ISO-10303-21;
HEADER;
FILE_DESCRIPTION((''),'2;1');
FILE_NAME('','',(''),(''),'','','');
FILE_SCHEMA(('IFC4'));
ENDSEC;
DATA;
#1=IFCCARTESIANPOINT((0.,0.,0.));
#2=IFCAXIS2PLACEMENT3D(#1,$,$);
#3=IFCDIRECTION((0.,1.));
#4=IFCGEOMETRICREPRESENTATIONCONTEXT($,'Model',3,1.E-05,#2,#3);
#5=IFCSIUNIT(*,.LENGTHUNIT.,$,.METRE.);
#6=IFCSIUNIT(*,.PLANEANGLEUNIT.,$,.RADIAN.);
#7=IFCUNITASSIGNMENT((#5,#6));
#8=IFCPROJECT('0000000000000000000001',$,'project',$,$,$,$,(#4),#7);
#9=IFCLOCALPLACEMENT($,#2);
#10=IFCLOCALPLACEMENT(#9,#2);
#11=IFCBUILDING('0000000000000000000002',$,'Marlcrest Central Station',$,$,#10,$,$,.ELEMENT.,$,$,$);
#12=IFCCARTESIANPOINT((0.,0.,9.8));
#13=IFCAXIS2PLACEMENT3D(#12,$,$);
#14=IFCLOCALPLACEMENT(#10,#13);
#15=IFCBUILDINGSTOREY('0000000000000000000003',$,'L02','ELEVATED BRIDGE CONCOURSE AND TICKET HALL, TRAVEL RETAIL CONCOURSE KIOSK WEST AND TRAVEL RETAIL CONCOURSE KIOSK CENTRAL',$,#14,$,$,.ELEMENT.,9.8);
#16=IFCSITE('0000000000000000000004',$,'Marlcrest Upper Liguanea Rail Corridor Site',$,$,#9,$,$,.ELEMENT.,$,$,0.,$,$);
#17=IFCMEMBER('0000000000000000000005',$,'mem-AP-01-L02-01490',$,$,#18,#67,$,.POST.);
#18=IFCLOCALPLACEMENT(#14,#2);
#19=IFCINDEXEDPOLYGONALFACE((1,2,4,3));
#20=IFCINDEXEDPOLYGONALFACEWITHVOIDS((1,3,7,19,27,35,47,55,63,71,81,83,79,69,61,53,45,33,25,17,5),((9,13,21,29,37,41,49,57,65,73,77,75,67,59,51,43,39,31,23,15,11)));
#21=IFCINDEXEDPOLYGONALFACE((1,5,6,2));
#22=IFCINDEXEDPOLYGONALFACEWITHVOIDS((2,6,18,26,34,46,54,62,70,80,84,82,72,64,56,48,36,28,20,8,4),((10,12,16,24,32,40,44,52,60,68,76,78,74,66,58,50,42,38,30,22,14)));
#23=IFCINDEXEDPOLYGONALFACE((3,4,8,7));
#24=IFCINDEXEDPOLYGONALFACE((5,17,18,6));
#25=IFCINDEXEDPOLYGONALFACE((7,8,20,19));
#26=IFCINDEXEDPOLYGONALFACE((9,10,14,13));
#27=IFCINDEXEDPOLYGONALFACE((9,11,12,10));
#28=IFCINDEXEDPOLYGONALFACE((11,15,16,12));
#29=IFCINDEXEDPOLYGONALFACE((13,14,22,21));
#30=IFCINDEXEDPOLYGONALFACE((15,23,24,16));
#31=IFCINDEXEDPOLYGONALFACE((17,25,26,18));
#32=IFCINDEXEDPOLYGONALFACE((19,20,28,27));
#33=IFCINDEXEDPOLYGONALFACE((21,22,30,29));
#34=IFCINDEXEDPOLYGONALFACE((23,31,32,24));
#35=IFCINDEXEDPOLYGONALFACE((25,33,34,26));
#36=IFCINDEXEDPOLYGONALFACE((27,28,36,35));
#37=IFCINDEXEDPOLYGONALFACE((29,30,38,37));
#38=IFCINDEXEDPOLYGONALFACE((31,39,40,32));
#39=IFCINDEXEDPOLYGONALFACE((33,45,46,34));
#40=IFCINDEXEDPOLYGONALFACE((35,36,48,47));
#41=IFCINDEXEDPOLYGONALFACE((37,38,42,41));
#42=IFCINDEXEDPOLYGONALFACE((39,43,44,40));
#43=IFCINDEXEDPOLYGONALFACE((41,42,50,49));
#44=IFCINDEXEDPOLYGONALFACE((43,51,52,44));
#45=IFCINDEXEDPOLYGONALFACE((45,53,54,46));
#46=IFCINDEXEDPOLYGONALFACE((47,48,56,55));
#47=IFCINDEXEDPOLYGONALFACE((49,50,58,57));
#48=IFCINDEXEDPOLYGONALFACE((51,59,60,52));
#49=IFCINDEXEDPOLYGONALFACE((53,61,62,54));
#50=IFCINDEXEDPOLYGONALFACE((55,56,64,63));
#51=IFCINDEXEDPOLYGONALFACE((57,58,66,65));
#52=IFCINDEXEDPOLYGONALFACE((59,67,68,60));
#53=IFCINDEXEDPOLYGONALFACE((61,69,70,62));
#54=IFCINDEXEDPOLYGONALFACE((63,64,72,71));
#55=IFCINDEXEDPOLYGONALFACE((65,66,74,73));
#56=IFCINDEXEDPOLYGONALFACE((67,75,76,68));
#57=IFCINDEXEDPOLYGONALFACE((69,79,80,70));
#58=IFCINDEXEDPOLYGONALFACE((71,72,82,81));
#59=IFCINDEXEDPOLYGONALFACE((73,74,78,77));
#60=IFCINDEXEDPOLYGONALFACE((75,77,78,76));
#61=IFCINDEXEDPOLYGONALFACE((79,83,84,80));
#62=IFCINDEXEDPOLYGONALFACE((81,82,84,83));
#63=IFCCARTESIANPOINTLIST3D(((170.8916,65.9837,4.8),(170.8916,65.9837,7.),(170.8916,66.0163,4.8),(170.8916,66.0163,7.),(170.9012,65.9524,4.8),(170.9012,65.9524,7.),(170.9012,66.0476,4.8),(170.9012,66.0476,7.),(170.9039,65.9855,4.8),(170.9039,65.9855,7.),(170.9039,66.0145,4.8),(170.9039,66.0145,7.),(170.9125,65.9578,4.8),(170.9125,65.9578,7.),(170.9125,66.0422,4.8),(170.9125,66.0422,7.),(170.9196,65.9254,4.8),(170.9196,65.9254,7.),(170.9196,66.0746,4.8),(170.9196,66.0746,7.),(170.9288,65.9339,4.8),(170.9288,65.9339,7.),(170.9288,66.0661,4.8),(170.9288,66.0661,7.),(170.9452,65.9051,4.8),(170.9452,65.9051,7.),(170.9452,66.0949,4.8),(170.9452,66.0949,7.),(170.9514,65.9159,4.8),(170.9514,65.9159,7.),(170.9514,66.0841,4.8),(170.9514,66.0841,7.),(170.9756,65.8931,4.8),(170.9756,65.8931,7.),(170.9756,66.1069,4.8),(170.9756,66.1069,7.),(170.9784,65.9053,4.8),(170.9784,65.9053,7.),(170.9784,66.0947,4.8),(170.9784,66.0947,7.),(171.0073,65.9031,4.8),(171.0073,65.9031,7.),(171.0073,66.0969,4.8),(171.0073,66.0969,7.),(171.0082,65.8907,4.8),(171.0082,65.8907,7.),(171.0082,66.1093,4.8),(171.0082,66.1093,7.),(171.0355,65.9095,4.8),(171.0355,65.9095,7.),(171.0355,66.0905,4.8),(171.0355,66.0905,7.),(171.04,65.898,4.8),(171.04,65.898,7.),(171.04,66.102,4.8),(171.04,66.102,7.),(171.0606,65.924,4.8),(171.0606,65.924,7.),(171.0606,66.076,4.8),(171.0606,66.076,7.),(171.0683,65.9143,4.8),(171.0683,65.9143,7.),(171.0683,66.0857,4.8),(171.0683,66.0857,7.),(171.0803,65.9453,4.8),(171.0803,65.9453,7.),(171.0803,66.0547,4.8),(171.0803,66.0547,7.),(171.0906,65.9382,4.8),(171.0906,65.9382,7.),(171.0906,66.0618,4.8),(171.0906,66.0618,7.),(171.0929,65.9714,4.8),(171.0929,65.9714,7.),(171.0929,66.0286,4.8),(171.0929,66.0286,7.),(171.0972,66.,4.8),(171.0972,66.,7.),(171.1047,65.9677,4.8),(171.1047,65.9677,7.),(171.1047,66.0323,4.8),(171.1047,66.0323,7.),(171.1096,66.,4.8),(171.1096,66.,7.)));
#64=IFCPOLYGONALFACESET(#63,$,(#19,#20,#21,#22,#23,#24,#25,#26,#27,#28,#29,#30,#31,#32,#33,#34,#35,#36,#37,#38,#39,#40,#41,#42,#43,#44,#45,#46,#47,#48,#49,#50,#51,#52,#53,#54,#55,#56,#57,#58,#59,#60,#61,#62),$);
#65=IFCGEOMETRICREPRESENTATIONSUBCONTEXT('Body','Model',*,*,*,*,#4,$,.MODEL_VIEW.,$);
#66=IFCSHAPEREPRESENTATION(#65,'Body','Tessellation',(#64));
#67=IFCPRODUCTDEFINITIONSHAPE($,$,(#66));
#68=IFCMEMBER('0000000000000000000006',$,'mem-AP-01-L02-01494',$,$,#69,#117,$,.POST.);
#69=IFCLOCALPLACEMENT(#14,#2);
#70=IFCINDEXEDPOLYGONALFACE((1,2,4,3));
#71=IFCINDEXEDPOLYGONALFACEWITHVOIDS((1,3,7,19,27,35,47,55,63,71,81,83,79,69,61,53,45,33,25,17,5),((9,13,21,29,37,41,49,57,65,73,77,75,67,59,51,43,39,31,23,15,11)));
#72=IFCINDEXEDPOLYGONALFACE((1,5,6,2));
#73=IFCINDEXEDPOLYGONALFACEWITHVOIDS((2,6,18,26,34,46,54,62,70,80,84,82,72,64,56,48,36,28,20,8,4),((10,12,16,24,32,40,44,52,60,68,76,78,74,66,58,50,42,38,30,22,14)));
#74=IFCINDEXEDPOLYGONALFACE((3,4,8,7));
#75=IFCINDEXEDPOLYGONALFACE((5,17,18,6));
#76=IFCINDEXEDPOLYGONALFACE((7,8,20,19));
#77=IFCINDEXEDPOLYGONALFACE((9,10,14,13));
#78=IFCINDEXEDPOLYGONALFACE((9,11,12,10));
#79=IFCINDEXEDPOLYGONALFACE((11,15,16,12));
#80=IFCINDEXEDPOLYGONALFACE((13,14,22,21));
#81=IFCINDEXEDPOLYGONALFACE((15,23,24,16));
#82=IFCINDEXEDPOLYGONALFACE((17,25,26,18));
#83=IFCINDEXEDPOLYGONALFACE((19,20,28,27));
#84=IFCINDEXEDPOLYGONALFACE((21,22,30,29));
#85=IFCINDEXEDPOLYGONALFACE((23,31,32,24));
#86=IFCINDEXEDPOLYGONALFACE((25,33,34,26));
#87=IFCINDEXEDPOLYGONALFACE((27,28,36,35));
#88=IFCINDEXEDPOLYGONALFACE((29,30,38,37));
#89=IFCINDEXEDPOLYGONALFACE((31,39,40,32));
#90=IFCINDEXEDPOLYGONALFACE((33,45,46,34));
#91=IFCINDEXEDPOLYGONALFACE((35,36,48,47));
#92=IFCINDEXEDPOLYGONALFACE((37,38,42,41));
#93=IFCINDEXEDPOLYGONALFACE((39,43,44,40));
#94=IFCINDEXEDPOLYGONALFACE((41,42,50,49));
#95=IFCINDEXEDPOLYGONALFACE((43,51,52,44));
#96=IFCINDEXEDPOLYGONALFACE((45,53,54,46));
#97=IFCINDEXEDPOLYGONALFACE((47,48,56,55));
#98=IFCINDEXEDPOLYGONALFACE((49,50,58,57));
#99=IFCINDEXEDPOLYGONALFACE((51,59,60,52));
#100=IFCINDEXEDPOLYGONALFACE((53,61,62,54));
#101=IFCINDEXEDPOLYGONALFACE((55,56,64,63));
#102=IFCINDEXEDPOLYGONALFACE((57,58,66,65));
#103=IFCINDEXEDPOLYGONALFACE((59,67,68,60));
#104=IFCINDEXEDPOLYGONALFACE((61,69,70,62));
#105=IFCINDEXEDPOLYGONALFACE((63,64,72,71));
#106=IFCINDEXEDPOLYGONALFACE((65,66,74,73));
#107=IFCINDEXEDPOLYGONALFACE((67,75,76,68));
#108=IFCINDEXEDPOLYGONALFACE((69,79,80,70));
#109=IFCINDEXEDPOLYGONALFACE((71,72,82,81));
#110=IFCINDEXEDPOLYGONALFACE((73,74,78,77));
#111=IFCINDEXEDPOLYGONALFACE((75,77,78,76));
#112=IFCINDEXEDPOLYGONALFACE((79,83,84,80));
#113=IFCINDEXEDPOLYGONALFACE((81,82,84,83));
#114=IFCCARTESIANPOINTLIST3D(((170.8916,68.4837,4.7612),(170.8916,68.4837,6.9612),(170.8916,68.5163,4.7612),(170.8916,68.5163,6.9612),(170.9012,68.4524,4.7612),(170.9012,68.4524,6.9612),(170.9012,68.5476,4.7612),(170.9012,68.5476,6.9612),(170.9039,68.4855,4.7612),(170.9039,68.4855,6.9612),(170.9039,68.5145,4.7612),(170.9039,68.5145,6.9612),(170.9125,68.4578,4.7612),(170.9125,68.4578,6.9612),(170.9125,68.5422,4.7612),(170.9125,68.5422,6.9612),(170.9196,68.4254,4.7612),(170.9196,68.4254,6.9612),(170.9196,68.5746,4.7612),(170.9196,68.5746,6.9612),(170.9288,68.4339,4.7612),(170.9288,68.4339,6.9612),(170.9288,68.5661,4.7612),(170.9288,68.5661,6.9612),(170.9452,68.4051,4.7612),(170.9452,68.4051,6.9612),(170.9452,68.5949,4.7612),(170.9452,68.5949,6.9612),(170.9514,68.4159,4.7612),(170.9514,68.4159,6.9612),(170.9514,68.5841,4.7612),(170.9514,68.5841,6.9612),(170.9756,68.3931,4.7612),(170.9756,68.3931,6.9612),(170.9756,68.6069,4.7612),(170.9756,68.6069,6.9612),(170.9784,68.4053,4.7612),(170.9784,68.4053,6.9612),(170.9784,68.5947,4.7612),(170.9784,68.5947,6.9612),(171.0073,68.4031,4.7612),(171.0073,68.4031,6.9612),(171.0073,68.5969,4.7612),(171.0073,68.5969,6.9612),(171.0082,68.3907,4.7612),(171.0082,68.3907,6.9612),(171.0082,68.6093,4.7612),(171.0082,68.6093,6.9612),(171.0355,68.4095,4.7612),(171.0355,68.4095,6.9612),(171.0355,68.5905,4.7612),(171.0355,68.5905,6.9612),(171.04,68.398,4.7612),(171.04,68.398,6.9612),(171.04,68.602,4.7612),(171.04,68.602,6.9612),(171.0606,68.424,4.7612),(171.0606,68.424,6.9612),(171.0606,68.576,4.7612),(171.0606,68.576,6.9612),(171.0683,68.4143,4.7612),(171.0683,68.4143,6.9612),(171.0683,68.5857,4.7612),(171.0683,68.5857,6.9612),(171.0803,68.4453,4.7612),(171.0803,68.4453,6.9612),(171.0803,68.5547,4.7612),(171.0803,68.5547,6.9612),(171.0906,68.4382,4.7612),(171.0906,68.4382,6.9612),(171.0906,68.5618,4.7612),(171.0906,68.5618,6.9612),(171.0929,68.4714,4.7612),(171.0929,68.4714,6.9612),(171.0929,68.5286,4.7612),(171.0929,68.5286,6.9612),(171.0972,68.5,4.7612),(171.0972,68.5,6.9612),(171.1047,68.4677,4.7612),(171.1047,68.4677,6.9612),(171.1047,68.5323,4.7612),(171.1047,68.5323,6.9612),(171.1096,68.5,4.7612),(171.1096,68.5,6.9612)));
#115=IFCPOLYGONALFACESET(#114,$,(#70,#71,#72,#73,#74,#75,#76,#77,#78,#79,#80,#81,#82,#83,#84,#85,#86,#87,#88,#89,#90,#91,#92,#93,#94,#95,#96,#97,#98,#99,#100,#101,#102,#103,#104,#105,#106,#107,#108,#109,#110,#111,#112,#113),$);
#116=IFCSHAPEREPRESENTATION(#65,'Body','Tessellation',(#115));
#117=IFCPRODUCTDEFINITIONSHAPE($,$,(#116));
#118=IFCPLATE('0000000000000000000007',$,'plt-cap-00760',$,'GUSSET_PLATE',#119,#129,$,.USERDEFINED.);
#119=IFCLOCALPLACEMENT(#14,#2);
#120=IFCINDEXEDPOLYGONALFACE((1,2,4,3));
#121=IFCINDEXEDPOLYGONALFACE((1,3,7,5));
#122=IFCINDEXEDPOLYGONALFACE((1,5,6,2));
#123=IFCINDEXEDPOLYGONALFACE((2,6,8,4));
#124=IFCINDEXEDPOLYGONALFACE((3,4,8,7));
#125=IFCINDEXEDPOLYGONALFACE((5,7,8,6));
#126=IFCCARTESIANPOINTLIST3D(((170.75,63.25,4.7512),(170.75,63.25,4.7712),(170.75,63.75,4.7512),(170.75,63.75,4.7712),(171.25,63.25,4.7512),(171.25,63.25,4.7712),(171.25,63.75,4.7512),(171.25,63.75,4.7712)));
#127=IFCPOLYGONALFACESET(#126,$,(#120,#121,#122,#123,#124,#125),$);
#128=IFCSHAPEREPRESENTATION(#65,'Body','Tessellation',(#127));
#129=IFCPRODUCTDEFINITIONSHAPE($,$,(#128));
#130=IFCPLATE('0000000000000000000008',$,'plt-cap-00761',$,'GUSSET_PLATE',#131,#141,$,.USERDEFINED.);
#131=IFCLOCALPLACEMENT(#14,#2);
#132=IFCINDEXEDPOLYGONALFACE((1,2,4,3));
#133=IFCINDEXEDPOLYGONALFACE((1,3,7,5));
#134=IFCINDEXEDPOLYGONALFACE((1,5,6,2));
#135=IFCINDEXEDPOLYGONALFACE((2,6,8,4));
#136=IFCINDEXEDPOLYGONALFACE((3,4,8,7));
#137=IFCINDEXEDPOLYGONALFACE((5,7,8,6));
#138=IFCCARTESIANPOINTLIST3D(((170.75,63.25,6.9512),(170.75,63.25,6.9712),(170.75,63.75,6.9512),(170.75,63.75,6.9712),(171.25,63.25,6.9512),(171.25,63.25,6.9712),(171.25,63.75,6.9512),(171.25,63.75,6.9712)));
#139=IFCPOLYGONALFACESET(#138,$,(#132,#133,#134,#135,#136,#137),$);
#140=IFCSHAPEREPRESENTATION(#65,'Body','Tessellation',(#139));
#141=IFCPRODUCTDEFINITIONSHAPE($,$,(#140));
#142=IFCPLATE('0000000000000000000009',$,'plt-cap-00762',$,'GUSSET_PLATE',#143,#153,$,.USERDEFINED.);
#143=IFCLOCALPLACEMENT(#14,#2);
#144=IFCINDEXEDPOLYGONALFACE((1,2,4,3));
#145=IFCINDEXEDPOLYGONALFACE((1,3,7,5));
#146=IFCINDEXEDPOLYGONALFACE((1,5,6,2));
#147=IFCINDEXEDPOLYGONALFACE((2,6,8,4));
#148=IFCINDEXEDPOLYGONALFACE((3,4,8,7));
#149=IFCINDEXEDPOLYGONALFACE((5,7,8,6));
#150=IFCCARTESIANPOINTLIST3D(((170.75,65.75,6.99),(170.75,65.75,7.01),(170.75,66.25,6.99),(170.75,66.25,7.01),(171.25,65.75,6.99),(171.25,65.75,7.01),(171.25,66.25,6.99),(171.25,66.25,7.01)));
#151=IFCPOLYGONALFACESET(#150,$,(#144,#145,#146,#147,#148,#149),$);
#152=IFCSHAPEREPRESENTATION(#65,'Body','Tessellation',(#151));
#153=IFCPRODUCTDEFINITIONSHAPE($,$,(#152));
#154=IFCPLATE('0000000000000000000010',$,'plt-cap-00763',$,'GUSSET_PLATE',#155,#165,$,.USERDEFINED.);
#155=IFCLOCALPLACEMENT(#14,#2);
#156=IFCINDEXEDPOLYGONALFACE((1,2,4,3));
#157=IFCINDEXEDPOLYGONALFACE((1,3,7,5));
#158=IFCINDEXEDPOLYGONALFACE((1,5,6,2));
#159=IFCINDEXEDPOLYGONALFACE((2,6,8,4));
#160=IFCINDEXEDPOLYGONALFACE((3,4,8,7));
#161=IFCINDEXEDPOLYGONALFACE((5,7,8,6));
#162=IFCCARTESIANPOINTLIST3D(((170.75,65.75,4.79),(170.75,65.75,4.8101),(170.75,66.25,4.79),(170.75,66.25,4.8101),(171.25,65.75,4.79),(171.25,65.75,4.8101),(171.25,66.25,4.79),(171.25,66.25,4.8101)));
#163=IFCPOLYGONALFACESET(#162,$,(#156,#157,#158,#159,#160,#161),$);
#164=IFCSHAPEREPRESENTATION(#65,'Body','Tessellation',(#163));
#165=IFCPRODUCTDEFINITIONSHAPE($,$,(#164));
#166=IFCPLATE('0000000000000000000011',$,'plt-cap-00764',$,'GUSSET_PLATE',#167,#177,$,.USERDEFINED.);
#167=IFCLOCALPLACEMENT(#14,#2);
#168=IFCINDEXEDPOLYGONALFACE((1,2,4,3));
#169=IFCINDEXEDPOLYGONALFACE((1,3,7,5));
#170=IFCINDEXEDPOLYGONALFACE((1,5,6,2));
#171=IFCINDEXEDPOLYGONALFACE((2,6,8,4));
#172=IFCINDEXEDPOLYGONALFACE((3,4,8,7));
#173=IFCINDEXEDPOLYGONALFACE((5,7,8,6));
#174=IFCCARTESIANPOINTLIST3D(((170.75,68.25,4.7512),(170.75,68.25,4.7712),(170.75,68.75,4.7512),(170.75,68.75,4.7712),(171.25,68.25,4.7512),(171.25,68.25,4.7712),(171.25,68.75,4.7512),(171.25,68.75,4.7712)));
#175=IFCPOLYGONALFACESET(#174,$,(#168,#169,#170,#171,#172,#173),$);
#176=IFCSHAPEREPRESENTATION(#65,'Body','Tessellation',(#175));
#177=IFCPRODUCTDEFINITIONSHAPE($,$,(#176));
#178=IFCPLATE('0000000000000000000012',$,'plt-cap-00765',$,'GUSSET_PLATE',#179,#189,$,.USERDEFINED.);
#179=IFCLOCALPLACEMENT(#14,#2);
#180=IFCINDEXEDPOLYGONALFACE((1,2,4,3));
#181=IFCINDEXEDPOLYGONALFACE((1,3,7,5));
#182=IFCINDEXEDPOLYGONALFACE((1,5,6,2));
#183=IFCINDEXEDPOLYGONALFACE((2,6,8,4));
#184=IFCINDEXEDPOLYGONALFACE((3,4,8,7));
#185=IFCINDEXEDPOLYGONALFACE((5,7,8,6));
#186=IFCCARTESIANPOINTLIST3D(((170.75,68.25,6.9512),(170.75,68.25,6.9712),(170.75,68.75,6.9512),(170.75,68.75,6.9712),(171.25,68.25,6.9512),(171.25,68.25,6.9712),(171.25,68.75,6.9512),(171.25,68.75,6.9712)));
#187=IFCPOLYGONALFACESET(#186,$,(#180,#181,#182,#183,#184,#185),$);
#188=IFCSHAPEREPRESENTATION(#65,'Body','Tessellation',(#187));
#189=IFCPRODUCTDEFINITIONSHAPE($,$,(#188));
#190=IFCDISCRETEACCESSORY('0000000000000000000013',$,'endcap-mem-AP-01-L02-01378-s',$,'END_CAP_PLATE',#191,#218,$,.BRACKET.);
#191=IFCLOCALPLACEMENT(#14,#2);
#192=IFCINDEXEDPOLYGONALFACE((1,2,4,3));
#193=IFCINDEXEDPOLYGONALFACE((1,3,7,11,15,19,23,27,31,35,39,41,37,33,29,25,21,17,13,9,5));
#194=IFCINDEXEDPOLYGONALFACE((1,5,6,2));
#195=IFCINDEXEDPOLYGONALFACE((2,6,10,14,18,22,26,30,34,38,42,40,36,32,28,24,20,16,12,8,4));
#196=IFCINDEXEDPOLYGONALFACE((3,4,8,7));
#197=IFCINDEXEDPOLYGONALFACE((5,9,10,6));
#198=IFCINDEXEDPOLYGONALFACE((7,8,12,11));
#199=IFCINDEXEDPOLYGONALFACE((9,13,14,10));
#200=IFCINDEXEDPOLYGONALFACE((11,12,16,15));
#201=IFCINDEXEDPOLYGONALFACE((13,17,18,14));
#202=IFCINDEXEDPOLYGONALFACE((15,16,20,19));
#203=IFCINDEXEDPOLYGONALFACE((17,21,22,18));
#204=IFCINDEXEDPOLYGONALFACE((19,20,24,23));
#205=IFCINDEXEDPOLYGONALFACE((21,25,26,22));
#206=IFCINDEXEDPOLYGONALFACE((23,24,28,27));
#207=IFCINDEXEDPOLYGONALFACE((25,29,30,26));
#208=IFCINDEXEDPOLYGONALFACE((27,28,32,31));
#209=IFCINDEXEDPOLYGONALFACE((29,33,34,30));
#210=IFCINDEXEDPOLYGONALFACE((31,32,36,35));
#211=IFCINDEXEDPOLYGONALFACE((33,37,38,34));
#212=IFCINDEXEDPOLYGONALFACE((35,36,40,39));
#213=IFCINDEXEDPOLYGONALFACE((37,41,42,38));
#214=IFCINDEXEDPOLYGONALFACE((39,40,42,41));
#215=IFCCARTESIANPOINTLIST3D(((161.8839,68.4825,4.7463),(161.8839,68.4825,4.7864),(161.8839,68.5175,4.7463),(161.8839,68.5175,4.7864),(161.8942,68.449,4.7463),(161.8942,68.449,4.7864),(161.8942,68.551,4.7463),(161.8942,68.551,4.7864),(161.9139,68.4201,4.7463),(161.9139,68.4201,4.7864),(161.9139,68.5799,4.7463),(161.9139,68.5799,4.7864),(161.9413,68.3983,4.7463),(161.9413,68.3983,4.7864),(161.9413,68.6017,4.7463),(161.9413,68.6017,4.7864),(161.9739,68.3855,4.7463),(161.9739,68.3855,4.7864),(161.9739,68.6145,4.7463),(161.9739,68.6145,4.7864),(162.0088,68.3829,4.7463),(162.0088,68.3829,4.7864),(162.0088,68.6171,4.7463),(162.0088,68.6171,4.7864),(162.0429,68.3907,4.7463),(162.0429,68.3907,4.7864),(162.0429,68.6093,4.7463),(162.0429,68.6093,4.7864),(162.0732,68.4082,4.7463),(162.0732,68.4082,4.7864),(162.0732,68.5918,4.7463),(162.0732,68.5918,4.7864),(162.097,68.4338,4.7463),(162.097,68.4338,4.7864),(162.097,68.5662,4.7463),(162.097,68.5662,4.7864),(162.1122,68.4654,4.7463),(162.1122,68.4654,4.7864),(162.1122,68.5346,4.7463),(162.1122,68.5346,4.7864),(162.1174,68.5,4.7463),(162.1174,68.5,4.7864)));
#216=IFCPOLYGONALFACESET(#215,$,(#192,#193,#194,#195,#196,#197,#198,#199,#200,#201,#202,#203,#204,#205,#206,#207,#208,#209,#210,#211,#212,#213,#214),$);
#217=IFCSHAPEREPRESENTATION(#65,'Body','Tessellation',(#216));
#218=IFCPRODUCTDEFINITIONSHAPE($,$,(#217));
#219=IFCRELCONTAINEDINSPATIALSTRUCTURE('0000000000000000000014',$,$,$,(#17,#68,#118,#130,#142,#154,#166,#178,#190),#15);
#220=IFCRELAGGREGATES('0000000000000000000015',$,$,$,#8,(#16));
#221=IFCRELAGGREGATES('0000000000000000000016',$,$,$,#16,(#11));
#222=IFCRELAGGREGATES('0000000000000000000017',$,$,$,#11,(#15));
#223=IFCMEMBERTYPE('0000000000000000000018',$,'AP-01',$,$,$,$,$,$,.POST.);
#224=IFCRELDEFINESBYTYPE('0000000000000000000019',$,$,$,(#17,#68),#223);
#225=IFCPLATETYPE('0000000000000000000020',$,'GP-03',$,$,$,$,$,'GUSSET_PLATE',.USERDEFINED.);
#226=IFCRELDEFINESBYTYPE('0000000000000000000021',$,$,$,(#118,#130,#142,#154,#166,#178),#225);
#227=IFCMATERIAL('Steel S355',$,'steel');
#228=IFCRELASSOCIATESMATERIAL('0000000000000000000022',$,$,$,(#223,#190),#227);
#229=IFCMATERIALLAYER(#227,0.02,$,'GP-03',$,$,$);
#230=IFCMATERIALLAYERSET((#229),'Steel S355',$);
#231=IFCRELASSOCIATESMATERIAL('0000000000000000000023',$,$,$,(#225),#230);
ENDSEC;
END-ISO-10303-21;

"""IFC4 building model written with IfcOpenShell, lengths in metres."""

from ifc_helpers import new_model, si_unit, direction, frame, origin, origin_2d, place, context, subcontext, project, spatial, rectangle, circle, hollow_circle, extrude, material, layer, layer_set, material_profile, profile_set, type_object, element, save


model = new_model("IFC4")

# Units and contexts
model_context = context("Model", 3, precision=1e-05, world=origin(), true_north=direction((0.0, 1.0)))
body_context = subcontext(model_context, "Body", "Model", "MODEL_VIEW")
ifc_project = project(units=[si_unit("LENGTHUNIT", "METRE"), si_unit("PLANEANGLEUNIT", "RADIAN")], contexts=[model_context])

# Site, building, storey
site_placement = place(None, origin())
site = spatial("IfcSite", under=ifc_project, at=site_placement, Name="Marlcrest Upper Liguanea Rail Corridor Site", CompositionType="ELEMENT", RefElevation=0.0)
building_placement = place(site_placement, origin())
building = spatial("IfcBuilding", under=site, at=building_placement, Name="Marlcrest Central Station", CompositionType="ELEMENT")
storey_placement = place(building_placement, frame((0.0, 0.0, 9.8)))
storey = spatial("IfcBuildingStorey", under=building, at=storey_placement, Name="L02", Description="ELEVATED BRIDGE CONCOURSE AND TICKET HALL, TRAVEL RETAIL CONCOURSE KIOSK WEST AND TRAVEL RETAIL CONCOURSE KIOSK CENTRAL", CompositionType="ELEMENT", Elevation=9.8)

# Members
ifc_material = material(Name="Steel S355", Category="steel")
ifc_material_profile_1 = material_profile(ifc_material, hollow_circle(Radius=0.1096, WallThickness=0.0125, at=origin_2d()), Name="CHS 219.1x12.5")
ifc_profile_set_1 = profile_set([ifc_material_profile_1], Name="Steel S355")
member_type_1 = type_object("IfcMemberType", Name="AP-01", PredefinedType="POST", material=ifc_profile_set_1)
for number, where, z_axis, x_axis, name in (
    (1, (171.0, 66.0, 4.8), (0.0, 0.0, 1.0), (1.0, 0.0, 0.0), "mem-AP-01-L02-01490"),
    (2, (171.0, 68.5, 4.7612), (0.0, 0.0, 1.0), (1.0, 0.0, 0.0), "mem-AP-01-L02-01494"),
):
    element("IfcMember", number, at=place(storey_placement, frame(where, z_axis=z_axis, x_axis=x_axis)), inside=storey, type_object=member_type_1, Name=name, PredefinedType="POST", context=body_context, shape_type="SweptSolid", body=[
        extrude(hollow_circle(Radius=0.1096, WallThickness=0.0125, at=origin_2d()), origin(), (0.0, 0.0, 1.0), 2.2),
    ])

# Plates
ifc_layer = layer(ifc_material, 0.02, Name="GP-03")
ifc_layer_set = layer_set([ifc_layer], Name="Steel S355")
plate_type = type_object("IfcPlateType", Name="GP-03", ElementType="GUSSET_PLATE", PredefinedType="USERDEFINED", material=ifc_layer_set)
for number, where, z_axis, x_axis, name in (
    (3, (171.0, 63.5, 4.7512), (0.0, 0.0, 1.0), (1.0, 0.0, 0.0), "plt-cap-00760"),
    (4, (171.0, 63.5, 6.9512), (0.0, 0.0, 1.0), (1.0, 0.0, 0.0), "plt-cap-00761"),
    (5, (171.0, 66.0, 6.99), (0.0, 0.0, 1.0), (1.0, 0.0, 0.0), "plt-cap-00762"),
    (6, (171.0, 66.0, 4.79), (0.0, 0.0, 1.0), (1.0, 0.0, 0.0), "plt-cap-00763"),
    (7, (171.0, 68.5, 4.7512), (0.0, 0.0, 1.0), (1.0, 0.0, 0.0), "plt-cap-00764"),
    (8, (171.0, 68.5, 6.9512), (0.0, 0.0, 1.0), (1.0, 0.0, 0.0), "plt-cap-00765"),
):
    element("IfcPlate", number, at=place(storey_placement, frame(where, z_axis=z_axis, x_axis=x_axis)), inside=storey, type_object=plate_type, Name=name, ObjectType="GUSSET_PLATE", PredefinedType="USERDEFINED", context=body_context, shape_type="SweptSolid", body=[
        extrude(rectangle(XDim=0.5, YDim=0.5, at=origin_2d()), origin(), (0.0, 0.0, 1.0), 0.02),
    ])

# Discrete accessory
for number, where, z_axis, x_axis, name in (
    (9, (162.0, 68.5, 4.7463), (0.0, 0.0, 1.0), (1.0, 0.0, 0.0), "endcap-mem-AP-01-L02-01378-s"),
):
    element("IfcDiscreteAccessory", number, at=place(storey_placement, frame(where, z_axis=z_axis, x_axis=x_axis)), inside=storey, material=ifc_material, Name=name, ObjectType="END_CAP_PLATE", PredefinedType="BRACKET", context=body_context, shape_type="SweptSolid", body=[
        extrude(circle(Radius=0.1174, at=origin_2d()), origin(), (0.0, 0.0, 1.0), 0.04),
    ])

save(model, "model.ifc")
